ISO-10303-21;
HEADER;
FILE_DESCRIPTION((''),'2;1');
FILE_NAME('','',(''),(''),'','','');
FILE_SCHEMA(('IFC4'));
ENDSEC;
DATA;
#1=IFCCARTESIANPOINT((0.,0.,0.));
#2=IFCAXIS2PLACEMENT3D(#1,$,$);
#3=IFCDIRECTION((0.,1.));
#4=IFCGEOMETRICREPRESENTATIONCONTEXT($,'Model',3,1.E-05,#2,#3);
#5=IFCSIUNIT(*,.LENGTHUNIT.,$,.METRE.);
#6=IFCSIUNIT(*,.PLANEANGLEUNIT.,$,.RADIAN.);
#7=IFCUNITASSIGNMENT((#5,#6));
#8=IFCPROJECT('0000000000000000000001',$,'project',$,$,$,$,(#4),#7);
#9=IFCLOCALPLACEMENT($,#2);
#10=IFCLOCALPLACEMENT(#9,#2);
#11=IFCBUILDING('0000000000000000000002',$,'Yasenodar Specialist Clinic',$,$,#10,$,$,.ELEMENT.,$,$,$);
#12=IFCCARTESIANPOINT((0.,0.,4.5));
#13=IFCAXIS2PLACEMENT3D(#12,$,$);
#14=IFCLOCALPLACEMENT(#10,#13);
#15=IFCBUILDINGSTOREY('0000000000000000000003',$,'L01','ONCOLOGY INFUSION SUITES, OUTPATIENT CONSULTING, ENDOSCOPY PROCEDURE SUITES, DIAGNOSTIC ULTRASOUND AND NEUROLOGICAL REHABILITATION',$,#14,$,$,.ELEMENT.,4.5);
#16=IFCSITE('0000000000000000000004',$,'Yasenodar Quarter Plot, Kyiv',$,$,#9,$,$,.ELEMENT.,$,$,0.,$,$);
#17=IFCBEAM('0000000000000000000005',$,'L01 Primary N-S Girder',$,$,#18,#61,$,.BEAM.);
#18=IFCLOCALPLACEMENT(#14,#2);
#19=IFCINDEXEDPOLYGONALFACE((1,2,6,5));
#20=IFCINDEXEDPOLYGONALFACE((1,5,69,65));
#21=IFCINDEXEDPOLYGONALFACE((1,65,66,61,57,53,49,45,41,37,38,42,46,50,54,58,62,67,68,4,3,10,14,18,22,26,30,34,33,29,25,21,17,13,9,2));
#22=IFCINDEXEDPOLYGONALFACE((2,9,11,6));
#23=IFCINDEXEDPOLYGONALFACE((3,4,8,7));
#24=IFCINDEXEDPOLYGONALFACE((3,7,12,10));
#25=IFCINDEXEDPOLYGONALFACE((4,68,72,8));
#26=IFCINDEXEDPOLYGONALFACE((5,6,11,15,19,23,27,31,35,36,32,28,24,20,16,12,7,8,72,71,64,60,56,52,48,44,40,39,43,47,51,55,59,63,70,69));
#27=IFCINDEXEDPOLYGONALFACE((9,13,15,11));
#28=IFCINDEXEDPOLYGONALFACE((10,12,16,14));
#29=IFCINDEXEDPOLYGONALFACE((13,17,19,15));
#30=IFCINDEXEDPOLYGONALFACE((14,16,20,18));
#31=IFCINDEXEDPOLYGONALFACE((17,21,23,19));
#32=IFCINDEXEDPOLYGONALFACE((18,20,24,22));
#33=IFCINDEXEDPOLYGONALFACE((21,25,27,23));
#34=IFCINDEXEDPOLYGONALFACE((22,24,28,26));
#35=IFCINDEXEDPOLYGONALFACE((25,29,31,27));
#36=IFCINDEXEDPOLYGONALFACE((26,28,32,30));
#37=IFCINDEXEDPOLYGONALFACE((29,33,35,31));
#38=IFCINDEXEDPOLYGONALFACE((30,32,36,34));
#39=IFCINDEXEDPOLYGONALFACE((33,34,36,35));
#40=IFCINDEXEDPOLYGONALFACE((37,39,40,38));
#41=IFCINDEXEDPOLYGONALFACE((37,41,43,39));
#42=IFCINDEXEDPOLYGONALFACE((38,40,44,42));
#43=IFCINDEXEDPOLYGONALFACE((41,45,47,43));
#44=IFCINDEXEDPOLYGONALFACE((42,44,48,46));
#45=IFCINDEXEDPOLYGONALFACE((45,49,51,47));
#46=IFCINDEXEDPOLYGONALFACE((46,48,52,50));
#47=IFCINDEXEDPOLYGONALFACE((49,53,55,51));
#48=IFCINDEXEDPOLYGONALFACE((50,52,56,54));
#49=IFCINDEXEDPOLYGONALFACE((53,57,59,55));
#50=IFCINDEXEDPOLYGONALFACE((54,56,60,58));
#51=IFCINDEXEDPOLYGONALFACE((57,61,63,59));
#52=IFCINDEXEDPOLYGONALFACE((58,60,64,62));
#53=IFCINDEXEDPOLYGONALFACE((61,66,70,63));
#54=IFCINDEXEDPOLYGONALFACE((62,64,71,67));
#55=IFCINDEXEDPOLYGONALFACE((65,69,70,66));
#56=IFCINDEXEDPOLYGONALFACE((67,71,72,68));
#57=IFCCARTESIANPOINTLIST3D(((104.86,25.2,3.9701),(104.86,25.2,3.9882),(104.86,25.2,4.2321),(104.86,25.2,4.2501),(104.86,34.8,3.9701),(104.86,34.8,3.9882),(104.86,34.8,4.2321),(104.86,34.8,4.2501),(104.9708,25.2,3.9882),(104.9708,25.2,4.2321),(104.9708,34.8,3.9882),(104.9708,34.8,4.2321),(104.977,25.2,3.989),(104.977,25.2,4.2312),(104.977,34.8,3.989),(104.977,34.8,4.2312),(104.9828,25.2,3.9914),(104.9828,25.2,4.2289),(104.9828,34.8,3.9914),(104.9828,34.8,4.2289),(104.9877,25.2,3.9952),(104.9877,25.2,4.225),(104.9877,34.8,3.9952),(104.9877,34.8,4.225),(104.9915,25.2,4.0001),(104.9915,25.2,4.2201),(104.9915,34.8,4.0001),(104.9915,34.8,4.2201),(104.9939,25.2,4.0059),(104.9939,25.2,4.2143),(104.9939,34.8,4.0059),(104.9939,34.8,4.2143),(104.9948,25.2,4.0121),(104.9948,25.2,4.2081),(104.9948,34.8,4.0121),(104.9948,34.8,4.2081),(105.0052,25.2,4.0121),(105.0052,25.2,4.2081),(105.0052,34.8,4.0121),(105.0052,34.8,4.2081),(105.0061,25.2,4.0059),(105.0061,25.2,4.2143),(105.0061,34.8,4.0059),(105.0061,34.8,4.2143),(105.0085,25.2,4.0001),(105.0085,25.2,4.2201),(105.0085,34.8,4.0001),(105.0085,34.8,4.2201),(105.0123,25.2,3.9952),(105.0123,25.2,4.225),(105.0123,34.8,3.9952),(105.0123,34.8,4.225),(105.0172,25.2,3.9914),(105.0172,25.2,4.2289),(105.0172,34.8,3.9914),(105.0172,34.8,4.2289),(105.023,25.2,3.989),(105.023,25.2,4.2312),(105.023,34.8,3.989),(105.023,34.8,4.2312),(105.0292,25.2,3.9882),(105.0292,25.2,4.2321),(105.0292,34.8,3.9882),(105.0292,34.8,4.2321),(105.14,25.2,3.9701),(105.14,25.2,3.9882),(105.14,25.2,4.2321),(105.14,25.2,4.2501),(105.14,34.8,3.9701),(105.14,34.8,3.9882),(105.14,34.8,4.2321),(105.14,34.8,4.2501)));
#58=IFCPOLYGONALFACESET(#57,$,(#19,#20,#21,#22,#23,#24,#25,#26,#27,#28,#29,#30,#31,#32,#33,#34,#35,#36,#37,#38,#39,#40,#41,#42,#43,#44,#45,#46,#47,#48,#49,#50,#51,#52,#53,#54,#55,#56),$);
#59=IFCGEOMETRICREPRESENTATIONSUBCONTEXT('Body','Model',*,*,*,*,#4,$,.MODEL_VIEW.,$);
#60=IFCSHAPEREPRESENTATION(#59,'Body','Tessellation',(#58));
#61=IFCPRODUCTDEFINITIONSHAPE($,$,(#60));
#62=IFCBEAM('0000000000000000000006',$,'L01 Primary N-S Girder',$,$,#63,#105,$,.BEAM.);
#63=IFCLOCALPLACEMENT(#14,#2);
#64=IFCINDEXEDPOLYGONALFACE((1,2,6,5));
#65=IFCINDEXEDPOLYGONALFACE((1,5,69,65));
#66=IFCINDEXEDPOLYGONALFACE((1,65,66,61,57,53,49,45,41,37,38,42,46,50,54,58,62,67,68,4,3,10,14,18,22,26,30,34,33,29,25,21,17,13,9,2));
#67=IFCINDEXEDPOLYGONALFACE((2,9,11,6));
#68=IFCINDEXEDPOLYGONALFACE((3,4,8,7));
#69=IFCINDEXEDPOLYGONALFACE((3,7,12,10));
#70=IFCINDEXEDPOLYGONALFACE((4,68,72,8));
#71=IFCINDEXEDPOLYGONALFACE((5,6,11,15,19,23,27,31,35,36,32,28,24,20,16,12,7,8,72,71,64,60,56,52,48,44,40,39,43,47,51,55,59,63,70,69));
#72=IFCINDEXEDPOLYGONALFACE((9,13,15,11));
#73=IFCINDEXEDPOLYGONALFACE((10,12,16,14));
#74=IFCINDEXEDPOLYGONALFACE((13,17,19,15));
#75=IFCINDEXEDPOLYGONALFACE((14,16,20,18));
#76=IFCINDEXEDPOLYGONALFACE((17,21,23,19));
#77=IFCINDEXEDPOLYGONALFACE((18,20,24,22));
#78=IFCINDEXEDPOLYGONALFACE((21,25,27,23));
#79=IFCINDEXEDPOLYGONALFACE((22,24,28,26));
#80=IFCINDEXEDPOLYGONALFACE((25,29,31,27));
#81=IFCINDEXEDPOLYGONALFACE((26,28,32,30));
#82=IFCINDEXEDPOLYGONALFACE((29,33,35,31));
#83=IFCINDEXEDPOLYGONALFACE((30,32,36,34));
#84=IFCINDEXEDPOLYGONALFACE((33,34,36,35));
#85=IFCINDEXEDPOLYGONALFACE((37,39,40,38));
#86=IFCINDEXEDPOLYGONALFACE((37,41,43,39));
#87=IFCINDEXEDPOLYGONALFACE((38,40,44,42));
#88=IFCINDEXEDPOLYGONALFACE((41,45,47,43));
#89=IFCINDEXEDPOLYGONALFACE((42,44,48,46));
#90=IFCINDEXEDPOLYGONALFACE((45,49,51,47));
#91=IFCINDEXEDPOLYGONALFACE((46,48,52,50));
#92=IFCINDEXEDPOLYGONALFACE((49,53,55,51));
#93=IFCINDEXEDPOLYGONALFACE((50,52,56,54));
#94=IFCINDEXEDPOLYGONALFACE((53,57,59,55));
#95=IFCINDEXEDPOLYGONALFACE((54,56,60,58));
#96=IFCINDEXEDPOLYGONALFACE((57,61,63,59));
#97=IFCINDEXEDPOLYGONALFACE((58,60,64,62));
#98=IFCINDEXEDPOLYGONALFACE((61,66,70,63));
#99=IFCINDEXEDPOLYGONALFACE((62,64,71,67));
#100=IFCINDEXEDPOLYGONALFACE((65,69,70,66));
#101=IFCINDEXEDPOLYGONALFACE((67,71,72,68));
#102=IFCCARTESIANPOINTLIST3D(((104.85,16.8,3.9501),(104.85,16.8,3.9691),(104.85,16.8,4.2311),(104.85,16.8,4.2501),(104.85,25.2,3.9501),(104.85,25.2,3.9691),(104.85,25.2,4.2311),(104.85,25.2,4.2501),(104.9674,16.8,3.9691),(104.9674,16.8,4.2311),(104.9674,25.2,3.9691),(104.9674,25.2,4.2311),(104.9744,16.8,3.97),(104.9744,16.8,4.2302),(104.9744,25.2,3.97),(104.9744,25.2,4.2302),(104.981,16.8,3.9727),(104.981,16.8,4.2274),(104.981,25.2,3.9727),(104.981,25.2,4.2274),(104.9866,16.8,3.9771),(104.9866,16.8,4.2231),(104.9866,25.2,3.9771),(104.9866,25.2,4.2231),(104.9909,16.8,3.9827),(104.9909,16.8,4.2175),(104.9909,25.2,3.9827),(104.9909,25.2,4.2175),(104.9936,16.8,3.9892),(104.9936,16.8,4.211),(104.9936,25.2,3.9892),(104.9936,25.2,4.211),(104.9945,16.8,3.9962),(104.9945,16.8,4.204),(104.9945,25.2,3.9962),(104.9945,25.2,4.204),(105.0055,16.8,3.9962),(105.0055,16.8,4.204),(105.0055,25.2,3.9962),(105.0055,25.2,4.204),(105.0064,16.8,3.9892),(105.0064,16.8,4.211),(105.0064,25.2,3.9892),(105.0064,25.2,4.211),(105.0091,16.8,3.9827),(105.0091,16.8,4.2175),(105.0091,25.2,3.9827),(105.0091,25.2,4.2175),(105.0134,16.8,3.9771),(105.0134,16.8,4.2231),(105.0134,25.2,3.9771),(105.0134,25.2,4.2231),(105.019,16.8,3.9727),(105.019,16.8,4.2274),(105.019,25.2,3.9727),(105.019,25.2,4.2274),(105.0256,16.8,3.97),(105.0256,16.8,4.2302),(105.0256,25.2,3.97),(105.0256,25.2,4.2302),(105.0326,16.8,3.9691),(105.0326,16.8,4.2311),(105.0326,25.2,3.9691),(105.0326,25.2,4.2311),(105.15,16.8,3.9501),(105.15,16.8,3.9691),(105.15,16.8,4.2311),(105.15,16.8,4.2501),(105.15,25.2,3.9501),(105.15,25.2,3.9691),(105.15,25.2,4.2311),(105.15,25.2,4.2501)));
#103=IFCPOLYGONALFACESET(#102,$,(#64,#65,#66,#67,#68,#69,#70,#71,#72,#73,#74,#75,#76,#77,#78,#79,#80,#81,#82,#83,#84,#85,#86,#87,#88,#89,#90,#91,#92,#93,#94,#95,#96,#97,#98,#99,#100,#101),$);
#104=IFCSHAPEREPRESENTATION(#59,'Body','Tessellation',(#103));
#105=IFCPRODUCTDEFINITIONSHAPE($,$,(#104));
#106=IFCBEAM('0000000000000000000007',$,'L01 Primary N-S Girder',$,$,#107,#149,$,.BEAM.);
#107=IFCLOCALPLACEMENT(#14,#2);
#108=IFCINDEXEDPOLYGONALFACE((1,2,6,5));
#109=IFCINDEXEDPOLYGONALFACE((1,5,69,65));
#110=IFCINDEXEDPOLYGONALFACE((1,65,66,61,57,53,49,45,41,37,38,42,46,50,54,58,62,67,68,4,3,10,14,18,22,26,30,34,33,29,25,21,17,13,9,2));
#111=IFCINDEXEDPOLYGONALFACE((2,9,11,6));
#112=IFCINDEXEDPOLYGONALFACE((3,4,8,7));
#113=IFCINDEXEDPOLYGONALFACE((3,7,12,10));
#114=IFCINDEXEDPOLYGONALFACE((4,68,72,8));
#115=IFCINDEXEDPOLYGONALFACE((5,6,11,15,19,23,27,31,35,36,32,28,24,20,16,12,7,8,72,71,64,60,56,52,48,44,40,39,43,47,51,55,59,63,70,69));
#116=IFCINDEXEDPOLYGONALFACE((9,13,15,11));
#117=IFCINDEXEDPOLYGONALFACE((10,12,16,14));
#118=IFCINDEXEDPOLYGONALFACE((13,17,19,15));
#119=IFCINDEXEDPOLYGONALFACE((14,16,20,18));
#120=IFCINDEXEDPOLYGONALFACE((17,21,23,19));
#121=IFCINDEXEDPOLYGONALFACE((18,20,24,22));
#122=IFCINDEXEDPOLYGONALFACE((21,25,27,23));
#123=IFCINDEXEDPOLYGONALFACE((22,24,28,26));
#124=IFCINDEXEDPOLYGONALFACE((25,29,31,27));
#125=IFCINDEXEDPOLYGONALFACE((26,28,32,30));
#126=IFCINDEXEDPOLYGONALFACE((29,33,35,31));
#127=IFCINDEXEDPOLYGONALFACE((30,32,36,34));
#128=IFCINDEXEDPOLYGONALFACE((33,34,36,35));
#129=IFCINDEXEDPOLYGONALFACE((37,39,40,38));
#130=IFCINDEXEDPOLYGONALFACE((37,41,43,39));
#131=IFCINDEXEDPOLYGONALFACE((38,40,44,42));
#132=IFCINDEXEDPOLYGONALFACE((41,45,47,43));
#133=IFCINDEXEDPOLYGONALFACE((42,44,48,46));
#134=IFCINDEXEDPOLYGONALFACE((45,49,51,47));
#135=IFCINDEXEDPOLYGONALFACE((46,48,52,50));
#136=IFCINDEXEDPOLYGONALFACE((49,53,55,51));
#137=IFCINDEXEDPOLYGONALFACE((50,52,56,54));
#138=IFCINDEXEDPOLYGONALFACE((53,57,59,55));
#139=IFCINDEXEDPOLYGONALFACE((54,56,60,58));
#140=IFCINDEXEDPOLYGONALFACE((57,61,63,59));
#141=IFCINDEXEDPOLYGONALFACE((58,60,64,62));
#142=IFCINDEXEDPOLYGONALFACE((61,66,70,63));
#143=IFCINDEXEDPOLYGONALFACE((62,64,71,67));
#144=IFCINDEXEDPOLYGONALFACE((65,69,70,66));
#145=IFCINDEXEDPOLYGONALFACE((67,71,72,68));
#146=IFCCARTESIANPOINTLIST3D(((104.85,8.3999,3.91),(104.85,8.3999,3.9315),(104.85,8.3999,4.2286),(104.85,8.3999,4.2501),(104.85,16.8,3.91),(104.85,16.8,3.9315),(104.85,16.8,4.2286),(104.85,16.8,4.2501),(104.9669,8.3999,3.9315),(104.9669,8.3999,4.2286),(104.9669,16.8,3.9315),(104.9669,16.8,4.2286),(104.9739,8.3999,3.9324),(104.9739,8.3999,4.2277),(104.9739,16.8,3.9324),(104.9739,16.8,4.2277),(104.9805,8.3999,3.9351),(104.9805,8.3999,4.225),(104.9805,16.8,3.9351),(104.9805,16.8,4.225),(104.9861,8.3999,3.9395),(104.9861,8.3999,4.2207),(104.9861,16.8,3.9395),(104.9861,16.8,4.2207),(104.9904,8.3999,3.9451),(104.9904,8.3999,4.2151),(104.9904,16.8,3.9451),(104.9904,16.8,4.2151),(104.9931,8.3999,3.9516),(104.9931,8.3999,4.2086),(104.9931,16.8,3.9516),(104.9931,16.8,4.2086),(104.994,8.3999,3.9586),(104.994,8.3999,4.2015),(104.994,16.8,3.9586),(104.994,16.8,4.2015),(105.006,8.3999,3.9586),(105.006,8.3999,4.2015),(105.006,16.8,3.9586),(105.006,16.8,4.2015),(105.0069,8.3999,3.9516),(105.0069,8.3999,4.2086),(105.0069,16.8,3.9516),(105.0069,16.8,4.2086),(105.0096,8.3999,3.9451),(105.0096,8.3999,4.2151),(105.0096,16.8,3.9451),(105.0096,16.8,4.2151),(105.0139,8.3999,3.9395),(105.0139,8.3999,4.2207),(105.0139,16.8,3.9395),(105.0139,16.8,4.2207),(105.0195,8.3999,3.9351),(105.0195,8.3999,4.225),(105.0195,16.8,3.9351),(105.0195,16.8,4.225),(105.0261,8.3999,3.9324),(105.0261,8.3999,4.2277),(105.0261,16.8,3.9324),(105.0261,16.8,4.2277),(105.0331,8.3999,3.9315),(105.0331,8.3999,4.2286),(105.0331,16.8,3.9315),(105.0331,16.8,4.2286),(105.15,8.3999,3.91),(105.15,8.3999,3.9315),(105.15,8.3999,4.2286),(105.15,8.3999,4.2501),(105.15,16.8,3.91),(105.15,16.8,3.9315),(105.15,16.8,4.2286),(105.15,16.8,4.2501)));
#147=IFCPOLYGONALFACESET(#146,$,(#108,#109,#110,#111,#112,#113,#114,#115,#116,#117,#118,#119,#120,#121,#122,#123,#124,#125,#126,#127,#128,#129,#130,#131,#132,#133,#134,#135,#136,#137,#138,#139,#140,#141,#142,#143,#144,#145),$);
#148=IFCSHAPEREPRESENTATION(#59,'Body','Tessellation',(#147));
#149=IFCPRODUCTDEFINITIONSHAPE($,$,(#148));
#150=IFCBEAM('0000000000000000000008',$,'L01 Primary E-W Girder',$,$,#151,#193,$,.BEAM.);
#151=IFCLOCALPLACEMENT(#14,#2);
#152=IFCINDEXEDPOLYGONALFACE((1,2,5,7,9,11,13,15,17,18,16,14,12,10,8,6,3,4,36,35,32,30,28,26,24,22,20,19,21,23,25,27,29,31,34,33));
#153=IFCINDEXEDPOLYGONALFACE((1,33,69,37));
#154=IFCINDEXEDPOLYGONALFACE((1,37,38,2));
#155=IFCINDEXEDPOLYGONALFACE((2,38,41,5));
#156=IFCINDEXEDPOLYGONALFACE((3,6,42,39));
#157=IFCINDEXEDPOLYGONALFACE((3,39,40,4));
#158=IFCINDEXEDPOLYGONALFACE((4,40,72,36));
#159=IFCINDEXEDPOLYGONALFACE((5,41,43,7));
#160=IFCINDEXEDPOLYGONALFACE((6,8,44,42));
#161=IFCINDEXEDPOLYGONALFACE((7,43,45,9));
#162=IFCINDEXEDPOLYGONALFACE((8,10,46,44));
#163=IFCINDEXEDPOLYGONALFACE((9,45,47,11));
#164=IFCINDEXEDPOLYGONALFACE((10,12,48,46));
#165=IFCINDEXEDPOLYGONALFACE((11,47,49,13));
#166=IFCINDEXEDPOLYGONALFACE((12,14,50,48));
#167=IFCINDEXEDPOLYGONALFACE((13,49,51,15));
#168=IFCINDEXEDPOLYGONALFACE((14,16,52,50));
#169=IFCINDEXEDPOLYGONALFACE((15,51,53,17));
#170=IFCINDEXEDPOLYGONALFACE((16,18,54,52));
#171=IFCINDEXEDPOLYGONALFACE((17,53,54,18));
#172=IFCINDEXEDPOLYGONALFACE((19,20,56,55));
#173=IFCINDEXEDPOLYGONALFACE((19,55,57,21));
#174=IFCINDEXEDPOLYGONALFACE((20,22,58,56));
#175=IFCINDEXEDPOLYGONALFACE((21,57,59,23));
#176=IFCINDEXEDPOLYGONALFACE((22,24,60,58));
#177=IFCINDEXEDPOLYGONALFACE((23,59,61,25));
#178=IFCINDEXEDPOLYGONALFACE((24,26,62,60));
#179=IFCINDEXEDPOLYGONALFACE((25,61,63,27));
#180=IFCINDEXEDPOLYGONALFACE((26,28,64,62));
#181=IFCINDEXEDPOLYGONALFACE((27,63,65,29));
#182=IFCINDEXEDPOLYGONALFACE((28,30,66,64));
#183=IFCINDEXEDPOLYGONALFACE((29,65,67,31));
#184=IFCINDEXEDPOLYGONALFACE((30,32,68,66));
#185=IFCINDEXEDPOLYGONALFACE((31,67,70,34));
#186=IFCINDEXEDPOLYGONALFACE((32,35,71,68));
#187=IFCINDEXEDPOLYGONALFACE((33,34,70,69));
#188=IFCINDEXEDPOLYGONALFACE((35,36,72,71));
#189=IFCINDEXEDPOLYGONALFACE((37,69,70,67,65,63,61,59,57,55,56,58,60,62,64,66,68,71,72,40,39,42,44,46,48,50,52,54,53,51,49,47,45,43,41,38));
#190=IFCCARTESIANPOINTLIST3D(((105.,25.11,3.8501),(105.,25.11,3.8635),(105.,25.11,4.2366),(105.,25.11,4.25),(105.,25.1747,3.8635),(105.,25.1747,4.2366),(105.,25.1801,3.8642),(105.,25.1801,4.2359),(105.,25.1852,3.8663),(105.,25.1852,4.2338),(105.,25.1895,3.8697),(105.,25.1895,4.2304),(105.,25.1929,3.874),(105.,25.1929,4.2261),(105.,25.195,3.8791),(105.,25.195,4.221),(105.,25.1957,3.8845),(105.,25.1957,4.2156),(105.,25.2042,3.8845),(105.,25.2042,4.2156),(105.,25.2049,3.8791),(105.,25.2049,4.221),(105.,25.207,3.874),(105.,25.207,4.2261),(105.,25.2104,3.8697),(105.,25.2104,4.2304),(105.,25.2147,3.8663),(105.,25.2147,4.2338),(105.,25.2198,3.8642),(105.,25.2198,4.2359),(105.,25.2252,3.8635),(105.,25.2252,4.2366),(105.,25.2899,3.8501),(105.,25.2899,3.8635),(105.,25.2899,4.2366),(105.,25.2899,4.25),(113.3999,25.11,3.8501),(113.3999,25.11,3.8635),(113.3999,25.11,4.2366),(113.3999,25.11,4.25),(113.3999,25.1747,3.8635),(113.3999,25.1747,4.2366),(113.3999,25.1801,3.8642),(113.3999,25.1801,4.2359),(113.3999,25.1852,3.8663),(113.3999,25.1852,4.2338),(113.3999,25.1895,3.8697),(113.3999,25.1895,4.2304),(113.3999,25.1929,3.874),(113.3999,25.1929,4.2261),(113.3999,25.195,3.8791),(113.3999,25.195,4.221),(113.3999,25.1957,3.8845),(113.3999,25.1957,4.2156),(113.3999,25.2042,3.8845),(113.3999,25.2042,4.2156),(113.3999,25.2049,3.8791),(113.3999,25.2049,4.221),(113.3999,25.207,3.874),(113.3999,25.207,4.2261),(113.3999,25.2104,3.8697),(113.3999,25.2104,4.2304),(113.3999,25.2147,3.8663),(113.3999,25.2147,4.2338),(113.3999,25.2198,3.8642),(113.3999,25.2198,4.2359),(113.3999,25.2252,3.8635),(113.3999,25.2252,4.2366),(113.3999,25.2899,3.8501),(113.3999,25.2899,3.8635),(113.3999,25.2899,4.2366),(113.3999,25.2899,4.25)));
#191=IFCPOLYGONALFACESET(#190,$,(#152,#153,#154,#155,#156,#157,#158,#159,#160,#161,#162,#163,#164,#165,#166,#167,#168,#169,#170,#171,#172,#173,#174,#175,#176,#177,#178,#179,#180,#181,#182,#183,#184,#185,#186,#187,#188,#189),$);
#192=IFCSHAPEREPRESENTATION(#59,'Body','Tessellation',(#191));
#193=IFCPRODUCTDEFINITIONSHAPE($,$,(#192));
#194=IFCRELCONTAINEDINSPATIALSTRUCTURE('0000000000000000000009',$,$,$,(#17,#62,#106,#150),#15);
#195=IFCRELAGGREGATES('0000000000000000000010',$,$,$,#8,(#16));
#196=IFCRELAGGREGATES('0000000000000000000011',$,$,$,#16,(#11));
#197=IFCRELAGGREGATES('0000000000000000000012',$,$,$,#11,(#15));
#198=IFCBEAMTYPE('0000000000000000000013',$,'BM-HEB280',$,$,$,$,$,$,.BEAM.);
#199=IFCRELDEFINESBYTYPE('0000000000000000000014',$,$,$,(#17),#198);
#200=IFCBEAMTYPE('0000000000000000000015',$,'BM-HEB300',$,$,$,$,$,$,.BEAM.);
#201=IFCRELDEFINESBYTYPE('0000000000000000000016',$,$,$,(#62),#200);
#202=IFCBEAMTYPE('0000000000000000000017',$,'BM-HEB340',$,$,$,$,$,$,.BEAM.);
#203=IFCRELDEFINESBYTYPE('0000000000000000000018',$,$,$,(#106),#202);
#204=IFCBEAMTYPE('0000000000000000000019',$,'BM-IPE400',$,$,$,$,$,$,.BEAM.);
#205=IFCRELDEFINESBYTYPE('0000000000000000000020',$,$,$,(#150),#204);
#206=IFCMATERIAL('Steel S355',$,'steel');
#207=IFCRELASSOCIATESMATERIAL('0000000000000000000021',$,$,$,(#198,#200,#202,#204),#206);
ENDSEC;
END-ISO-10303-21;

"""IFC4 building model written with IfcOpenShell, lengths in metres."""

from ifc_helpers import new_model, si_unit, direction, frame, origin, origin_2d, place, context, subcontext, project, spatial, i_section, extrude, material, material_profile, profile_set, type_object, element, save


model = new_model("IFC4")

# Units and contexts
model_context = context("Model", 3, precision=1e-05, world=origin(), true_north=direction((0.0, 1.0)))
body_context = subcontext(model_context, "Body", "Model", "MODEL_VIEW")
ifc_project = project(units=[si_unit("LENGTHUNIT", "METRE"), si_unit("PLANEANGLEUNIT", "RADIAN")], contexts=[model_context])

# Site, building, storey
site_placement = place(None, origin())
site = spatial("IfcSite", under=ifc_project, at=site_placement, Name="Yasenodar Quarter Plot, Kyiv", CompositionType="ELEMENT", RefElevation=0.0)
building_placement = place(site_placement, origin())
building = spatial("IfcBuilding", under=site, at=building_placement, Name="Yasenodar Specialist Clinic", CompositionType="ELEMENT")
storey_placement = place(building_placement, frame((0.0, 0.0, 4.5)))
storey = spatial("IfcBuildingStorey", under=building, at=storey_placement, Name="L01", Description="ONCOLOGY INFUSION SUITES, OUTPATIENT CONSULTING, ENDOSCOPY PROCEDURE SUITES, DIAGNOSTIC ULTRASOUND AND NEUROLOGICAL REHABILITATION", CompositionType="ELEMENT", Elevation=4.5)

# Shared definitions
ifc_material_1 = material(Name="Steel S355", Category="steel")

# Beams
ifc_material_profile_1 = material_profile(ifc_material_1, i_section(OverallWidth=0.28, OverallDepth=0.28, WebThickness=0.0105, FlangeThickness=0.0181, FilletRadius=0.0239, at=origin_2d()), Name="HEB 280")
ifc_profile_set_1 = profile_set([ifc_material_profile_1], Name="Steel S355")
beam_type_1 = type_object("IfcBeamType", Name="BM-HEB280", PredefinedType="BEAM", material=ifc_profile_set_1)
beam_1_placement = place(storey_placement, frame((105.0, 25.2, 4.1101), z_axis=(0.0, 1.0, 0.0), x_axis=(-1.0, 0.0, 0.0)))
element("IfcBeam", 1, at=beam_1_placement, inside=storey, type_object=beam_type_1, Name="L01 Primary N-S Girder", PredefinedType="BEAM", context=body_context, shape_type="SweptSolid", body=[
    extrude(i_section(OverallWidth=0.28, OverallDepth=0.28, WebThickness=0.0105, FlangeThickness=0.0181, FilletRadius=0.0239, at=origin_2d()), origin(), (0.0, 0.0, 1.0), 9.6001),
])
ifc_material_profile_2 = material_profile(ifc_material_1, i_section(OverallWidth=0.3, OverallDepth=0.3, WebThickness=0.011, FlangeThickness=0.019, FilletRadius=0.0271, at=origin_2d()), Name="HEB 300")
ifc_profile_set_2 = profile_set([ifc_material_profile_2], Name="Steel S355")
beam_type_2 = type_object("IfcBeamType", Name="BM-HEB300", PredefinedType="BEAM", material=ifc_profile_set_2)
beam_2_placement = place(storey_placement, frame((105.0, 16.8, 4.1001), z_axis=(0.0, 1.0, 0.0), x_axis=(-1.0, 0.0, 0.0)))
element("IfcBeam", 2, at=beam_2_placement, inside=storey, type_object=beam_type_2, Name="L01 Primary N-S Girder", PredefinedType="BEAM", context=body_context, shape_type="SweptSolid", body=[
    extrude(i_section(OverallWidth=0.3, OverallDepth=0.3, WebThickness=0.011, FlangeThickness=0.019, FilletRadius=0.0271, at=origin_2d()), origin(), (0.0, 0.0, 1.0), 8.3999),
])
ifc_material_profile_3 = material_profile(ifc_material_1, i_section(OverallWidth=0.3, OverallDepth=0.3401, WebThickness=0.012, FlangeThickness=0.0215, FilletRadius=0.0271, at=origin_2d()), Name="HEB 340")
ifc_profile_set_3 = profile_set([ifc_material_profile_3], Name="Steel S355")
beam_type_3 = type_object("IfcBeamType", Name="BM-HEB340", PredefinedType="BEAM", material=ifc_profile_set_3)
beam_3_placement = place(storey_placement, frame((105.0, 8.3999, 4.0801), z_axis=(0.0, 1.0, 0.0), x_axis=(-1.0, 0.0, 0.0)))
element("IfcBeam", 3, at=beam_3_placement, inside=storey, type_object=beam_type_3, Name="L01 Primary N-S Girder", PredefinedType="BEAM", context=body_context, shape_type="SweptSolid", body=[
    extrude(i_section(OverallWidth=0.3, OverallDepth=0.3401, WebThickness=0.012, FlangeThickness=0.0215, FilletRadius=0.0271, at=origin_2d()), origin(), (0.0, 0.0, 1.0), 8.4001),
])
ifc_material_profile_4 = material_profile(ifc_material_1, i_section(OverallWidth=0.1799, OverallDepth=0.3999, WebThickness=0.0085, FlangeThickness=0.0134, FilletRadius=0.021, at=origin_2d()), Name="IPE 400")
ifc_profile_set_4 = profile_set([ifc_material_profile_4], Name="Steel S355")
beam_type_4 = type_object("IfcBeamType", Name="BM-IPE400", PredefinedType="BEAM", material=ifc_profile_set_4)
beam_4_placement = place(storey_placement, frame((105.0, 25.2, 4.05), z_axis=(1.0, 0.0, 0.0), x_axis=(0.0, 1.0, 0.0)))
element("IfcBeam", 4, at=beam_4_placement, inside=storey, type_object=beam_type_4, Name="L01 Primary E-W Girder", PredefinedType="BEAM", context=body_context, shape_type="SweptSolid", body=[
    extrude(i_section(OverallWidth=0.1799, OverallDepth=0.3999, WebThickness=0.0085, FlangeThickness=0.0134, FilletRadius=0.021, at=origin_2d()), origin(), (0.0, 0.0, 1.0), 8.3999),
])

save(model, "model.ifc")
